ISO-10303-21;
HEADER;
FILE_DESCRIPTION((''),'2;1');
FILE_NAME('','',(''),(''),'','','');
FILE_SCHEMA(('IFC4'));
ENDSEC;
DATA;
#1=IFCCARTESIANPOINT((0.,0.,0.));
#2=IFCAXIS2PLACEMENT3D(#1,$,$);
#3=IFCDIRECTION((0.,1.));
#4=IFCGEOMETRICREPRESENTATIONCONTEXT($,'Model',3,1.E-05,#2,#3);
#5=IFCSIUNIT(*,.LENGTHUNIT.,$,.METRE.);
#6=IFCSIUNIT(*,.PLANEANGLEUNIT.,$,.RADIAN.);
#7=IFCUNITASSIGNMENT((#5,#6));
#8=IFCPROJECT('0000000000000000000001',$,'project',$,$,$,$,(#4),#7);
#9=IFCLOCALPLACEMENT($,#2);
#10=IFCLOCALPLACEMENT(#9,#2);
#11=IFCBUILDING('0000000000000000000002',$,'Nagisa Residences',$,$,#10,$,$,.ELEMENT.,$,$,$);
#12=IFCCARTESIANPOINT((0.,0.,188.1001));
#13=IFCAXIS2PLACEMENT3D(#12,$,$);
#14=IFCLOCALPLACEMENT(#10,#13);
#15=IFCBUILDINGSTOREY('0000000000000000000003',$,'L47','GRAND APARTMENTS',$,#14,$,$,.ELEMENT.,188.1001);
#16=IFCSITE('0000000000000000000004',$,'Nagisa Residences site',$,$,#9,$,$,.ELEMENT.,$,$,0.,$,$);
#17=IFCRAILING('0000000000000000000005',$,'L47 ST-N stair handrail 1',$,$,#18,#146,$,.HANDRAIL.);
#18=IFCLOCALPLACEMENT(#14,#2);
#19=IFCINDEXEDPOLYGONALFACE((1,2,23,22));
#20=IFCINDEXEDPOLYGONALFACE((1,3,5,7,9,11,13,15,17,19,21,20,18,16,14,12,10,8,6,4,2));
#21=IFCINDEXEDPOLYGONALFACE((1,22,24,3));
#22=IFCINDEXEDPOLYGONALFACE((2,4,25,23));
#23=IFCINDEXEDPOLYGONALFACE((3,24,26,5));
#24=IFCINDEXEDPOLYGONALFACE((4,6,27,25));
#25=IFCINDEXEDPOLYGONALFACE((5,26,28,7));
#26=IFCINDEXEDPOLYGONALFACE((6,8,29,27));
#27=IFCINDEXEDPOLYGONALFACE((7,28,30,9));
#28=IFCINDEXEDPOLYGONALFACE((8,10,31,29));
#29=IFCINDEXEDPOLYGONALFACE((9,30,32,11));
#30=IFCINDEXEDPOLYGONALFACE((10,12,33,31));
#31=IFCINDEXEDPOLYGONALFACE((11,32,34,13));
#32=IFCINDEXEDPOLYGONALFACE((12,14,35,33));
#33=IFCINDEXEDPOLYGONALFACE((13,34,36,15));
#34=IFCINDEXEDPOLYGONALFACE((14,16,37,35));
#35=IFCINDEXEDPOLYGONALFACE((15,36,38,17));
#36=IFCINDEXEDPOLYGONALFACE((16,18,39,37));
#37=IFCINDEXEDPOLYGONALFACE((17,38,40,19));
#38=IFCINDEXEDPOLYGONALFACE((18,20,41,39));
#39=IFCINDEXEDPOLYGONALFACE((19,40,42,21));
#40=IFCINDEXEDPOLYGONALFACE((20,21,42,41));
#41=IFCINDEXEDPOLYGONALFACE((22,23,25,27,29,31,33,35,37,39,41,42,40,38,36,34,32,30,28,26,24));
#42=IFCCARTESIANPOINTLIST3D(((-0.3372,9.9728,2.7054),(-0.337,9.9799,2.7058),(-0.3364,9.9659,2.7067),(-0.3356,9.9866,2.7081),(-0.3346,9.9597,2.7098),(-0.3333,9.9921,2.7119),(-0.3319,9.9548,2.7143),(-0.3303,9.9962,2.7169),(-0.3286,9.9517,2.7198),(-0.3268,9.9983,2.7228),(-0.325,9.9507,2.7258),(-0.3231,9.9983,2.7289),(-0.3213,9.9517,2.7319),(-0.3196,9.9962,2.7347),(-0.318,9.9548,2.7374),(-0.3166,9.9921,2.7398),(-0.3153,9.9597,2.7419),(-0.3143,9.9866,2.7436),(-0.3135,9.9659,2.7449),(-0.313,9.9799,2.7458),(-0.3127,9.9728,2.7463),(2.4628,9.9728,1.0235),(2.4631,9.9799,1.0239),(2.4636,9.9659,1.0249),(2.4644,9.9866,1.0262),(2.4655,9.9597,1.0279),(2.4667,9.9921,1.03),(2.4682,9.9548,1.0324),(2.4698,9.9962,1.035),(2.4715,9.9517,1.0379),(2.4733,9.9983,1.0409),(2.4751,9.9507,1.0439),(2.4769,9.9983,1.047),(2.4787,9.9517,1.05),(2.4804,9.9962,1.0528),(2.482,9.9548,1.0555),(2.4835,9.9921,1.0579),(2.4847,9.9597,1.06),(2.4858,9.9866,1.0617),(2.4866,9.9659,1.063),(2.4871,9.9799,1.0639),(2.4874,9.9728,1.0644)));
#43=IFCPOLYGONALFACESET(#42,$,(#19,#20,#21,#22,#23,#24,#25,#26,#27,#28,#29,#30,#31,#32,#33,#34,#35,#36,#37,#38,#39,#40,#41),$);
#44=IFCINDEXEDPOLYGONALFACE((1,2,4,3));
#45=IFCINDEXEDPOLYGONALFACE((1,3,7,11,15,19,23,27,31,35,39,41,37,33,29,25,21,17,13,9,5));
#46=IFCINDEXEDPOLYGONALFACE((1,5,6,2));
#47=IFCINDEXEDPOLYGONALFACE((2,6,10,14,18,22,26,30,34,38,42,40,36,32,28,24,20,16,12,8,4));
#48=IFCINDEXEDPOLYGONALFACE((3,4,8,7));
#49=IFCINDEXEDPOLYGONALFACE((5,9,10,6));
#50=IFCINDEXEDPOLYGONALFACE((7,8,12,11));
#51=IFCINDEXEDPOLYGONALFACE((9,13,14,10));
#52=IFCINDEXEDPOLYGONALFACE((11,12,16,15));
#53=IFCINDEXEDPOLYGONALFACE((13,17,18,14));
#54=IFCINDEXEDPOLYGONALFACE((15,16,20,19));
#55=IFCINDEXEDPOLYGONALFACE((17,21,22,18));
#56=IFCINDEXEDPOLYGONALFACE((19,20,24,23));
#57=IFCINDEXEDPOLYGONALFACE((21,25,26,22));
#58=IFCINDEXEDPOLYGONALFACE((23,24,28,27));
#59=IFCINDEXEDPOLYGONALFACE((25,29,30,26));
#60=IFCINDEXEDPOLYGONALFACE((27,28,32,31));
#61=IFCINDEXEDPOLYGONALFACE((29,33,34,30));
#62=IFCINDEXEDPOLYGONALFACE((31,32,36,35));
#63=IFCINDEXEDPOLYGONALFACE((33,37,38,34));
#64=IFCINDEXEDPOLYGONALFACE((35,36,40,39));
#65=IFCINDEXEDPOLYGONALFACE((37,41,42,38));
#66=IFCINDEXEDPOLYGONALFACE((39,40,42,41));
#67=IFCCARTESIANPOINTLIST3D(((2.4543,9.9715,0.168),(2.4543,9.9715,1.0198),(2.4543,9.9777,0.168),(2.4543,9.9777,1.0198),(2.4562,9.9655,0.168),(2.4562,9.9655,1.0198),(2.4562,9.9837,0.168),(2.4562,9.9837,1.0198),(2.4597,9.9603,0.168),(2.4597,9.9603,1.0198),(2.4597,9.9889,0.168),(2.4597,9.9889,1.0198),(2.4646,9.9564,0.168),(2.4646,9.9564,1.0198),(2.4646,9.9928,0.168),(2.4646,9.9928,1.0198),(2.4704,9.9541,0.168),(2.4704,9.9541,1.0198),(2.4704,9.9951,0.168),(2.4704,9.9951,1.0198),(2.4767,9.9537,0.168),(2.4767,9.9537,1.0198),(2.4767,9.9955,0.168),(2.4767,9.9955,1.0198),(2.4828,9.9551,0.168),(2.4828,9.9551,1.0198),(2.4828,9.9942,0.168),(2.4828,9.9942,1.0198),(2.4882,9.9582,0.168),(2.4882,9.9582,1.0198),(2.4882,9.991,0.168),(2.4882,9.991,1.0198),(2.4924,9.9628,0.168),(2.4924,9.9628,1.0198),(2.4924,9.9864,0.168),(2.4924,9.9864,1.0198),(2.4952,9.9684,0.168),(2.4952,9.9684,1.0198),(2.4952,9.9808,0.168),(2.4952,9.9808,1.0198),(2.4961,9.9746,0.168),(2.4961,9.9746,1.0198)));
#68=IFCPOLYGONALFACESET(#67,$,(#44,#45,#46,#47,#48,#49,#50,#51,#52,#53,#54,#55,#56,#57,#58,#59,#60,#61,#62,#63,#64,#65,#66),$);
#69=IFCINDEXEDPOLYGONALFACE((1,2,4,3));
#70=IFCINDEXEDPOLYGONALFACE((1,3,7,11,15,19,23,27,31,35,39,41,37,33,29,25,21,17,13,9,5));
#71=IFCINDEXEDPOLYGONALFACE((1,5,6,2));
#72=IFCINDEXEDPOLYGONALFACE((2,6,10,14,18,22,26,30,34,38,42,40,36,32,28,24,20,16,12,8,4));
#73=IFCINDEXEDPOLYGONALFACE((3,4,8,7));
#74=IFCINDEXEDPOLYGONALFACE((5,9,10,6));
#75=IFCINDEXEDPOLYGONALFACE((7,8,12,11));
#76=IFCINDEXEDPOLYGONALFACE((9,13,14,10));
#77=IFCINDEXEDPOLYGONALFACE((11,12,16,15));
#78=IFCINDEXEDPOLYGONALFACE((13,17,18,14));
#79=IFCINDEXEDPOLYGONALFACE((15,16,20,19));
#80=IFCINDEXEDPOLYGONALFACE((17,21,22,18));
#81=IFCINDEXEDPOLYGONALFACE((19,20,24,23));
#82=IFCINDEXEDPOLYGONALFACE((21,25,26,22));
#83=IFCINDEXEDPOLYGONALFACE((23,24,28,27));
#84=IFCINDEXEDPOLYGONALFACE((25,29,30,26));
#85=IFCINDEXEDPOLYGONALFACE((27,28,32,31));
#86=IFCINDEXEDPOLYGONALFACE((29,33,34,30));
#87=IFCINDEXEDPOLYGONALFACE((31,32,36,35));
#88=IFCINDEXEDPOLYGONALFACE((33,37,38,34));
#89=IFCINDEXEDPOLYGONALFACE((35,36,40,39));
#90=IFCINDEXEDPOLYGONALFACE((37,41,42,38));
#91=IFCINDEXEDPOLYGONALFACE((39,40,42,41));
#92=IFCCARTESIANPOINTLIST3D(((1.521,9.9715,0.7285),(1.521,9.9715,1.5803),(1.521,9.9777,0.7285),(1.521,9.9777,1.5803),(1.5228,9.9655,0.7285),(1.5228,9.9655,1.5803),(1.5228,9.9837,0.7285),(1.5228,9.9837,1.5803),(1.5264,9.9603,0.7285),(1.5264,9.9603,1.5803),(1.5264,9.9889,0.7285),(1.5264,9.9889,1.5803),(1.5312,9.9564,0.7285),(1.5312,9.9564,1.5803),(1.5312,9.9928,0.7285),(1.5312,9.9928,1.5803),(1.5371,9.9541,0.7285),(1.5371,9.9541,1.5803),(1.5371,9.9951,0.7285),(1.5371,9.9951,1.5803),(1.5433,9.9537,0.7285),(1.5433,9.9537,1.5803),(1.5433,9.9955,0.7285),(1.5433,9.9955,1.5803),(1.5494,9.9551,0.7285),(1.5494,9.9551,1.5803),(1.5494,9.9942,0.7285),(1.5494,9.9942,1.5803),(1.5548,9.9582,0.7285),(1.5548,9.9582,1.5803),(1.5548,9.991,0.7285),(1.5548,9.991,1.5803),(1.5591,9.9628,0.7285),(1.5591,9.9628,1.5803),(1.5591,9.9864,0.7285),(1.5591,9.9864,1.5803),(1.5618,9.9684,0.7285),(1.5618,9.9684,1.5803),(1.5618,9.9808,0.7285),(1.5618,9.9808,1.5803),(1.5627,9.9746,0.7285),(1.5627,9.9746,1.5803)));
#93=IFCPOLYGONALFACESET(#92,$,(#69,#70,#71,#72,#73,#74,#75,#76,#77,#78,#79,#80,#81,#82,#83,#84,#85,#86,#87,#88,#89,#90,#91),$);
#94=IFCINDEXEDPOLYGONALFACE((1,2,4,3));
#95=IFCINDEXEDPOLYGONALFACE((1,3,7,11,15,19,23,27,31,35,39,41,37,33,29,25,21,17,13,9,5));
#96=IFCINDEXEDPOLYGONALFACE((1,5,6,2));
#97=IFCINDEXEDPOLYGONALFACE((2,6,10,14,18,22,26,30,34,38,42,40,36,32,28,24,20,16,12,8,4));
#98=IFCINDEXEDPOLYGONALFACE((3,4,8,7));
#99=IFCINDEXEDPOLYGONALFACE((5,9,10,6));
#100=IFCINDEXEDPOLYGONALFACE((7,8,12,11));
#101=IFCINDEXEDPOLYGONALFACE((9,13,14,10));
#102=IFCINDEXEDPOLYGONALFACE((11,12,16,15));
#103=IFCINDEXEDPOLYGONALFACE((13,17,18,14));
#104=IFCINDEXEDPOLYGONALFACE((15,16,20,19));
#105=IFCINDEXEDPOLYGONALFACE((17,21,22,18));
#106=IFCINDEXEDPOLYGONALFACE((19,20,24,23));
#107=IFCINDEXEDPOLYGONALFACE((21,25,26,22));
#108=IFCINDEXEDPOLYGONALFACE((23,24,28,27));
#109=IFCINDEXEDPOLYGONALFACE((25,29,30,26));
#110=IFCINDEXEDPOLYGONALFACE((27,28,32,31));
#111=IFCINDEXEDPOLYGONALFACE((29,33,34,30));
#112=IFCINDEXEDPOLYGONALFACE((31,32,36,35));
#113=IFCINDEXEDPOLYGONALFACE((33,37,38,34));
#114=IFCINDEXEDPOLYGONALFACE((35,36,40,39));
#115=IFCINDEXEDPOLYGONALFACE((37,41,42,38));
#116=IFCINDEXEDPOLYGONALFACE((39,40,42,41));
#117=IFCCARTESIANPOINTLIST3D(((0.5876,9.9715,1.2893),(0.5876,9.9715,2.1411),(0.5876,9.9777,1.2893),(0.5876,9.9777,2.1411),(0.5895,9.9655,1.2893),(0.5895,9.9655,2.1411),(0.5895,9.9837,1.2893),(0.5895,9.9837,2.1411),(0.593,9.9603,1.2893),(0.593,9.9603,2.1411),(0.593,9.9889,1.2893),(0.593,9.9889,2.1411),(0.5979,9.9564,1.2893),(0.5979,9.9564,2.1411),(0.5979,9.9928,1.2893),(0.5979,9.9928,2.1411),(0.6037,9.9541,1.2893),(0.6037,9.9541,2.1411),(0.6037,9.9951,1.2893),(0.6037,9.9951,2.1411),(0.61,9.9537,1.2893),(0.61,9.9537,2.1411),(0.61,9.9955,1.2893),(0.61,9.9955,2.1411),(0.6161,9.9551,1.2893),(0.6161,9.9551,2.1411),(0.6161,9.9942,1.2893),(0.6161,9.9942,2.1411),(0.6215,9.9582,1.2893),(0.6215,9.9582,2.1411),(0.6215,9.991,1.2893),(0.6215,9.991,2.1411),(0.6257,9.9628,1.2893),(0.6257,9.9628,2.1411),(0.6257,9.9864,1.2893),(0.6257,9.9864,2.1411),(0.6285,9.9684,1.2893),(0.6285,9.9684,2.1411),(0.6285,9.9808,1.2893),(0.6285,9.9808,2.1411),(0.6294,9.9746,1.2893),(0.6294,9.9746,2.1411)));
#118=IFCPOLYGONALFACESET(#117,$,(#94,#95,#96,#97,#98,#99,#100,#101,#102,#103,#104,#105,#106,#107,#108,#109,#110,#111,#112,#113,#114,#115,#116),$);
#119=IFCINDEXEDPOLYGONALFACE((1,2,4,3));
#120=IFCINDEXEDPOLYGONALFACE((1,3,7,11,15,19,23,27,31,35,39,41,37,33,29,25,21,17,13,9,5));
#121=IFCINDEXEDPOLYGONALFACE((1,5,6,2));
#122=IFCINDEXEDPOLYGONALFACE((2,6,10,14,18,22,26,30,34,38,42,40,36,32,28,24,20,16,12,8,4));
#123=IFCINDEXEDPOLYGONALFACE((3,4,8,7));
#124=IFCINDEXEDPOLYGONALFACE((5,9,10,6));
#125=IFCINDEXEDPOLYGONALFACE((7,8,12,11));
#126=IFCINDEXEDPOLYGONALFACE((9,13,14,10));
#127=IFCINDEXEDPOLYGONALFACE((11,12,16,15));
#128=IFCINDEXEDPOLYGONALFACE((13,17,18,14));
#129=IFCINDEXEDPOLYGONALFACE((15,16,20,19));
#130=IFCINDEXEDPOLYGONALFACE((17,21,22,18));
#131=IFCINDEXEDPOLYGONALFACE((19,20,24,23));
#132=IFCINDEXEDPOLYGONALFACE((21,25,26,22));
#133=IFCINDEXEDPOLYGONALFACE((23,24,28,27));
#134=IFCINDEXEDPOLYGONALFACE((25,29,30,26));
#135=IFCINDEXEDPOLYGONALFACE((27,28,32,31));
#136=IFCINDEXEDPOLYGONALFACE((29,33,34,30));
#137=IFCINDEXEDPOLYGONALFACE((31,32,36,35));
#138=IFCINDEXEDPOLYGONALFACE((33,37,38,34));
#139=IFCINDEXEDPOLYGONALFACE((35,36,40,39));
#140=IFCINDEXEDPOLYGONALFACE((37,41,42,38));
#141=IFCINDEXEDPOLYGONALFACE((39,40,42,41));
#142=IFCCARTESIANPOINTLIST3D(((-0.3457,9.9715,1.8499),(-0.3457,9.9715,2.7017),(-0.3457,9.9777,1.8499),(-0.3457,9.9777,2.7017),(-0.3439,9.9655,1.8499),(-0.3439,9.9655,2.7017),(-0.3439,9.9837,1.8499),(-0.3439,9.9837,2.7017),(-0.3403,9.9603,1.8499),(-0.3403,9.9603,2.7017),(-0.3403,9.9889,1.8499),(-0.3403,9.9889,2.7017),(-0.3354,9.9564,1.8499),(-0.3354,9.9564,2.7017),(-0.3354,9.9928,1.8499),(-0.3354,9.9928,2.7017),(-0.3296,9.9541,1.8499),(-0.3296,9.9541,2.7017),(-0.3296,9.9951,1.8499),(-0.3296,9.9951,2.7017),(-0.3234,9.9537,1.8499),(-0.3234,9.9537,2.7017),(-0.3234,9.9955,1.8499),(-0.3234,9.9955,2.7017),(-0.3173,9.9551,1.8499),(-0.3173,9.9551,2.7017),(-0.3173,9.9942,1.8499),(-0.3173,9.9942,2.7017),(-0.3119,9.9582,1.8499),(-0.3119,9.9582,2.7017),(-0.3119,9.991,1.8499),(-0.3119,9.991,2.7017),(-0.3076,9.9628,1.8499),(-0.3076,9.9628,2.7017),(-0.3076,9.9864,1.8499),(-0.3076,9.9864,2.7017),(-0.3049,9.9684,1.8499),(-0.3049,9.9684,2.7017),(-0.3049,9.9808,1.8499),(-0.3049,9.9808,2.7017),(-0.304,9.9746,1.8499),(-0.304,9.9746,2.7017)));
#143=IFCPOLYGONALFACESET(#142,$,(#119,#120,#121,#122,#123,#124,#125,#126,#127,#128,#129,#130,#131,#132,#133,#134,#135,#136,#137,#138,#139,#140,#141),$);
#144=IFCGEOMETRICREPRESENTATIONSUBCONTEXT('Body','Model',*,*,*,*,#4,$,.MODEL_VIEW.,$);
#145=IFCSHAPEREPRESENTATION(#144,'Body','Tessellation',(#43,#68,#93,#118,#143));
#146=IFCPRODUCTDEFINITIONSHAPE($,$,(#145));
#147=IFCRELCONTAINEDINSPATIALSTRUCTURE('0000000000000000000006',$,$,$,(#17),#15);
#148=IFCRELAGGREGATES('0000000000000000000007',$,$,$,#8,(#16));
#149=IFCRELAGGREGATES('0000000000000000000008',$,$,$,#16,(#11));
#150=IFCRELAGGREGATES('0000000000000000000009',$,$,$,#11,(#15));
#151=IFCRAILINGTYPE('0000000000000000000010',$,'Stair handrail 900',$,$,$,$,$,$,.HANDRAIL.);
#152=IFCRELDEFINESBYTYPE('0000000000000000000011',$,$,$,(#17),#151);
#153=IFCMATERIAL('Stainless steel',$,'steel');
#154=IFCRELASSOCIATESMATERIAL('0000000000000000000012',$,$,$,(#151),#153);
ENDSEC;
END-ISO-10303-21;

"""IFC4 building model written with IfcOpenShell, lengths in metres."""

from ifc_helpers import new_model, si_unit, direction, frame, origin, origin_2d, place, context, subcontext, project, spatial, circle, extrude, material, type_object, element, save


model = new_model("IFC4")

# Units and contexts
model_context = context("Model", 3, precision=1e-05, world=origin(), true_north=direction((0.0, 1.0)))
body_context = subcontext(model_context, "Body", "Model", "MODEL_VIEW")
ifc_project = project(units=[si_unit("LENGTHUNIT", "METRE"), si_unit("PLANEANGLEUNIT", "RADIAN")], contexts=[model_context])

# Site, building, storey
site_placement = place(None, origin())
site = spatial("IfcSite", under=ifc_project, at=site_placement, Name="Nagisa Residences site", CompositionType="ELEMENT", RefElevation=0.0)
building_placement = place(site_placement, origin())
building = spatial("IfcBuilding", under=site, at=building_placement, Name="Nagisa Residences", CompositionType="ELEMENT")
storey_placement = place(building_placement, frame((0.0, 0.0, 188.1001)))
storey = spatial("IfcBuildingStorey", under=building, at=storey_placement, Name="L47", Description="GRAND APARTMENTS", CompositionType="ELEMENT", Elevation=188.1001)

# Railing
ifc_material_1 = material(Name="Stainless steel", Category="steel")
railing_type_1 = type_object("IfcRailingType", Name="Stair handrail 900", PredefinedType="HANDRAIL", material=ifc_material_1)
railing_1_placement = place(storey_placement, frame((2.4751, 9.9746, 0.168)))
element("IfcRailing", 1, at=railing_1_placement, inside=storey, type_object=railing_type_1, Name="L47 ST-N stair handrail 1", PredefinedType="HANDRAIL", context=body_context, shape_type="SweptSolid", body=[
    extrude(circle(Radius=0.0239, at=origin_2d()), frame((0.0, 0.0, 0.876), z_axis=(-0.857242, 0.0, 0.514913), x_axis=(0.0, -1.0, 0.0)), (0.0, 0.0, 1.0), 3.2664),
    extrude(circle(Radius=0.021, at=origin_2d()), origin(), (0.0, 0.0, 1.0), 0.8518),
    extrude(circle(Radius=0.021, at=origin_2d()), frame((-0.9333, 0.0, 0.5605)), (0.0, 0.0, 1.0), 0.8518),
    extrude(circle(Radius=0.021, at=origin_2d()), frame((-1.8667, 0.0, 1.1213)), (0.0, 0.0, 1.0), 0.8518),
    extrude(circle(Radius=0.021, at=origin_2d()), frame((-2.8, 0.0, 1.6819)), (0.0, 0.0, 1.0), 0.8518),
])

save(model, "model.ifc")
